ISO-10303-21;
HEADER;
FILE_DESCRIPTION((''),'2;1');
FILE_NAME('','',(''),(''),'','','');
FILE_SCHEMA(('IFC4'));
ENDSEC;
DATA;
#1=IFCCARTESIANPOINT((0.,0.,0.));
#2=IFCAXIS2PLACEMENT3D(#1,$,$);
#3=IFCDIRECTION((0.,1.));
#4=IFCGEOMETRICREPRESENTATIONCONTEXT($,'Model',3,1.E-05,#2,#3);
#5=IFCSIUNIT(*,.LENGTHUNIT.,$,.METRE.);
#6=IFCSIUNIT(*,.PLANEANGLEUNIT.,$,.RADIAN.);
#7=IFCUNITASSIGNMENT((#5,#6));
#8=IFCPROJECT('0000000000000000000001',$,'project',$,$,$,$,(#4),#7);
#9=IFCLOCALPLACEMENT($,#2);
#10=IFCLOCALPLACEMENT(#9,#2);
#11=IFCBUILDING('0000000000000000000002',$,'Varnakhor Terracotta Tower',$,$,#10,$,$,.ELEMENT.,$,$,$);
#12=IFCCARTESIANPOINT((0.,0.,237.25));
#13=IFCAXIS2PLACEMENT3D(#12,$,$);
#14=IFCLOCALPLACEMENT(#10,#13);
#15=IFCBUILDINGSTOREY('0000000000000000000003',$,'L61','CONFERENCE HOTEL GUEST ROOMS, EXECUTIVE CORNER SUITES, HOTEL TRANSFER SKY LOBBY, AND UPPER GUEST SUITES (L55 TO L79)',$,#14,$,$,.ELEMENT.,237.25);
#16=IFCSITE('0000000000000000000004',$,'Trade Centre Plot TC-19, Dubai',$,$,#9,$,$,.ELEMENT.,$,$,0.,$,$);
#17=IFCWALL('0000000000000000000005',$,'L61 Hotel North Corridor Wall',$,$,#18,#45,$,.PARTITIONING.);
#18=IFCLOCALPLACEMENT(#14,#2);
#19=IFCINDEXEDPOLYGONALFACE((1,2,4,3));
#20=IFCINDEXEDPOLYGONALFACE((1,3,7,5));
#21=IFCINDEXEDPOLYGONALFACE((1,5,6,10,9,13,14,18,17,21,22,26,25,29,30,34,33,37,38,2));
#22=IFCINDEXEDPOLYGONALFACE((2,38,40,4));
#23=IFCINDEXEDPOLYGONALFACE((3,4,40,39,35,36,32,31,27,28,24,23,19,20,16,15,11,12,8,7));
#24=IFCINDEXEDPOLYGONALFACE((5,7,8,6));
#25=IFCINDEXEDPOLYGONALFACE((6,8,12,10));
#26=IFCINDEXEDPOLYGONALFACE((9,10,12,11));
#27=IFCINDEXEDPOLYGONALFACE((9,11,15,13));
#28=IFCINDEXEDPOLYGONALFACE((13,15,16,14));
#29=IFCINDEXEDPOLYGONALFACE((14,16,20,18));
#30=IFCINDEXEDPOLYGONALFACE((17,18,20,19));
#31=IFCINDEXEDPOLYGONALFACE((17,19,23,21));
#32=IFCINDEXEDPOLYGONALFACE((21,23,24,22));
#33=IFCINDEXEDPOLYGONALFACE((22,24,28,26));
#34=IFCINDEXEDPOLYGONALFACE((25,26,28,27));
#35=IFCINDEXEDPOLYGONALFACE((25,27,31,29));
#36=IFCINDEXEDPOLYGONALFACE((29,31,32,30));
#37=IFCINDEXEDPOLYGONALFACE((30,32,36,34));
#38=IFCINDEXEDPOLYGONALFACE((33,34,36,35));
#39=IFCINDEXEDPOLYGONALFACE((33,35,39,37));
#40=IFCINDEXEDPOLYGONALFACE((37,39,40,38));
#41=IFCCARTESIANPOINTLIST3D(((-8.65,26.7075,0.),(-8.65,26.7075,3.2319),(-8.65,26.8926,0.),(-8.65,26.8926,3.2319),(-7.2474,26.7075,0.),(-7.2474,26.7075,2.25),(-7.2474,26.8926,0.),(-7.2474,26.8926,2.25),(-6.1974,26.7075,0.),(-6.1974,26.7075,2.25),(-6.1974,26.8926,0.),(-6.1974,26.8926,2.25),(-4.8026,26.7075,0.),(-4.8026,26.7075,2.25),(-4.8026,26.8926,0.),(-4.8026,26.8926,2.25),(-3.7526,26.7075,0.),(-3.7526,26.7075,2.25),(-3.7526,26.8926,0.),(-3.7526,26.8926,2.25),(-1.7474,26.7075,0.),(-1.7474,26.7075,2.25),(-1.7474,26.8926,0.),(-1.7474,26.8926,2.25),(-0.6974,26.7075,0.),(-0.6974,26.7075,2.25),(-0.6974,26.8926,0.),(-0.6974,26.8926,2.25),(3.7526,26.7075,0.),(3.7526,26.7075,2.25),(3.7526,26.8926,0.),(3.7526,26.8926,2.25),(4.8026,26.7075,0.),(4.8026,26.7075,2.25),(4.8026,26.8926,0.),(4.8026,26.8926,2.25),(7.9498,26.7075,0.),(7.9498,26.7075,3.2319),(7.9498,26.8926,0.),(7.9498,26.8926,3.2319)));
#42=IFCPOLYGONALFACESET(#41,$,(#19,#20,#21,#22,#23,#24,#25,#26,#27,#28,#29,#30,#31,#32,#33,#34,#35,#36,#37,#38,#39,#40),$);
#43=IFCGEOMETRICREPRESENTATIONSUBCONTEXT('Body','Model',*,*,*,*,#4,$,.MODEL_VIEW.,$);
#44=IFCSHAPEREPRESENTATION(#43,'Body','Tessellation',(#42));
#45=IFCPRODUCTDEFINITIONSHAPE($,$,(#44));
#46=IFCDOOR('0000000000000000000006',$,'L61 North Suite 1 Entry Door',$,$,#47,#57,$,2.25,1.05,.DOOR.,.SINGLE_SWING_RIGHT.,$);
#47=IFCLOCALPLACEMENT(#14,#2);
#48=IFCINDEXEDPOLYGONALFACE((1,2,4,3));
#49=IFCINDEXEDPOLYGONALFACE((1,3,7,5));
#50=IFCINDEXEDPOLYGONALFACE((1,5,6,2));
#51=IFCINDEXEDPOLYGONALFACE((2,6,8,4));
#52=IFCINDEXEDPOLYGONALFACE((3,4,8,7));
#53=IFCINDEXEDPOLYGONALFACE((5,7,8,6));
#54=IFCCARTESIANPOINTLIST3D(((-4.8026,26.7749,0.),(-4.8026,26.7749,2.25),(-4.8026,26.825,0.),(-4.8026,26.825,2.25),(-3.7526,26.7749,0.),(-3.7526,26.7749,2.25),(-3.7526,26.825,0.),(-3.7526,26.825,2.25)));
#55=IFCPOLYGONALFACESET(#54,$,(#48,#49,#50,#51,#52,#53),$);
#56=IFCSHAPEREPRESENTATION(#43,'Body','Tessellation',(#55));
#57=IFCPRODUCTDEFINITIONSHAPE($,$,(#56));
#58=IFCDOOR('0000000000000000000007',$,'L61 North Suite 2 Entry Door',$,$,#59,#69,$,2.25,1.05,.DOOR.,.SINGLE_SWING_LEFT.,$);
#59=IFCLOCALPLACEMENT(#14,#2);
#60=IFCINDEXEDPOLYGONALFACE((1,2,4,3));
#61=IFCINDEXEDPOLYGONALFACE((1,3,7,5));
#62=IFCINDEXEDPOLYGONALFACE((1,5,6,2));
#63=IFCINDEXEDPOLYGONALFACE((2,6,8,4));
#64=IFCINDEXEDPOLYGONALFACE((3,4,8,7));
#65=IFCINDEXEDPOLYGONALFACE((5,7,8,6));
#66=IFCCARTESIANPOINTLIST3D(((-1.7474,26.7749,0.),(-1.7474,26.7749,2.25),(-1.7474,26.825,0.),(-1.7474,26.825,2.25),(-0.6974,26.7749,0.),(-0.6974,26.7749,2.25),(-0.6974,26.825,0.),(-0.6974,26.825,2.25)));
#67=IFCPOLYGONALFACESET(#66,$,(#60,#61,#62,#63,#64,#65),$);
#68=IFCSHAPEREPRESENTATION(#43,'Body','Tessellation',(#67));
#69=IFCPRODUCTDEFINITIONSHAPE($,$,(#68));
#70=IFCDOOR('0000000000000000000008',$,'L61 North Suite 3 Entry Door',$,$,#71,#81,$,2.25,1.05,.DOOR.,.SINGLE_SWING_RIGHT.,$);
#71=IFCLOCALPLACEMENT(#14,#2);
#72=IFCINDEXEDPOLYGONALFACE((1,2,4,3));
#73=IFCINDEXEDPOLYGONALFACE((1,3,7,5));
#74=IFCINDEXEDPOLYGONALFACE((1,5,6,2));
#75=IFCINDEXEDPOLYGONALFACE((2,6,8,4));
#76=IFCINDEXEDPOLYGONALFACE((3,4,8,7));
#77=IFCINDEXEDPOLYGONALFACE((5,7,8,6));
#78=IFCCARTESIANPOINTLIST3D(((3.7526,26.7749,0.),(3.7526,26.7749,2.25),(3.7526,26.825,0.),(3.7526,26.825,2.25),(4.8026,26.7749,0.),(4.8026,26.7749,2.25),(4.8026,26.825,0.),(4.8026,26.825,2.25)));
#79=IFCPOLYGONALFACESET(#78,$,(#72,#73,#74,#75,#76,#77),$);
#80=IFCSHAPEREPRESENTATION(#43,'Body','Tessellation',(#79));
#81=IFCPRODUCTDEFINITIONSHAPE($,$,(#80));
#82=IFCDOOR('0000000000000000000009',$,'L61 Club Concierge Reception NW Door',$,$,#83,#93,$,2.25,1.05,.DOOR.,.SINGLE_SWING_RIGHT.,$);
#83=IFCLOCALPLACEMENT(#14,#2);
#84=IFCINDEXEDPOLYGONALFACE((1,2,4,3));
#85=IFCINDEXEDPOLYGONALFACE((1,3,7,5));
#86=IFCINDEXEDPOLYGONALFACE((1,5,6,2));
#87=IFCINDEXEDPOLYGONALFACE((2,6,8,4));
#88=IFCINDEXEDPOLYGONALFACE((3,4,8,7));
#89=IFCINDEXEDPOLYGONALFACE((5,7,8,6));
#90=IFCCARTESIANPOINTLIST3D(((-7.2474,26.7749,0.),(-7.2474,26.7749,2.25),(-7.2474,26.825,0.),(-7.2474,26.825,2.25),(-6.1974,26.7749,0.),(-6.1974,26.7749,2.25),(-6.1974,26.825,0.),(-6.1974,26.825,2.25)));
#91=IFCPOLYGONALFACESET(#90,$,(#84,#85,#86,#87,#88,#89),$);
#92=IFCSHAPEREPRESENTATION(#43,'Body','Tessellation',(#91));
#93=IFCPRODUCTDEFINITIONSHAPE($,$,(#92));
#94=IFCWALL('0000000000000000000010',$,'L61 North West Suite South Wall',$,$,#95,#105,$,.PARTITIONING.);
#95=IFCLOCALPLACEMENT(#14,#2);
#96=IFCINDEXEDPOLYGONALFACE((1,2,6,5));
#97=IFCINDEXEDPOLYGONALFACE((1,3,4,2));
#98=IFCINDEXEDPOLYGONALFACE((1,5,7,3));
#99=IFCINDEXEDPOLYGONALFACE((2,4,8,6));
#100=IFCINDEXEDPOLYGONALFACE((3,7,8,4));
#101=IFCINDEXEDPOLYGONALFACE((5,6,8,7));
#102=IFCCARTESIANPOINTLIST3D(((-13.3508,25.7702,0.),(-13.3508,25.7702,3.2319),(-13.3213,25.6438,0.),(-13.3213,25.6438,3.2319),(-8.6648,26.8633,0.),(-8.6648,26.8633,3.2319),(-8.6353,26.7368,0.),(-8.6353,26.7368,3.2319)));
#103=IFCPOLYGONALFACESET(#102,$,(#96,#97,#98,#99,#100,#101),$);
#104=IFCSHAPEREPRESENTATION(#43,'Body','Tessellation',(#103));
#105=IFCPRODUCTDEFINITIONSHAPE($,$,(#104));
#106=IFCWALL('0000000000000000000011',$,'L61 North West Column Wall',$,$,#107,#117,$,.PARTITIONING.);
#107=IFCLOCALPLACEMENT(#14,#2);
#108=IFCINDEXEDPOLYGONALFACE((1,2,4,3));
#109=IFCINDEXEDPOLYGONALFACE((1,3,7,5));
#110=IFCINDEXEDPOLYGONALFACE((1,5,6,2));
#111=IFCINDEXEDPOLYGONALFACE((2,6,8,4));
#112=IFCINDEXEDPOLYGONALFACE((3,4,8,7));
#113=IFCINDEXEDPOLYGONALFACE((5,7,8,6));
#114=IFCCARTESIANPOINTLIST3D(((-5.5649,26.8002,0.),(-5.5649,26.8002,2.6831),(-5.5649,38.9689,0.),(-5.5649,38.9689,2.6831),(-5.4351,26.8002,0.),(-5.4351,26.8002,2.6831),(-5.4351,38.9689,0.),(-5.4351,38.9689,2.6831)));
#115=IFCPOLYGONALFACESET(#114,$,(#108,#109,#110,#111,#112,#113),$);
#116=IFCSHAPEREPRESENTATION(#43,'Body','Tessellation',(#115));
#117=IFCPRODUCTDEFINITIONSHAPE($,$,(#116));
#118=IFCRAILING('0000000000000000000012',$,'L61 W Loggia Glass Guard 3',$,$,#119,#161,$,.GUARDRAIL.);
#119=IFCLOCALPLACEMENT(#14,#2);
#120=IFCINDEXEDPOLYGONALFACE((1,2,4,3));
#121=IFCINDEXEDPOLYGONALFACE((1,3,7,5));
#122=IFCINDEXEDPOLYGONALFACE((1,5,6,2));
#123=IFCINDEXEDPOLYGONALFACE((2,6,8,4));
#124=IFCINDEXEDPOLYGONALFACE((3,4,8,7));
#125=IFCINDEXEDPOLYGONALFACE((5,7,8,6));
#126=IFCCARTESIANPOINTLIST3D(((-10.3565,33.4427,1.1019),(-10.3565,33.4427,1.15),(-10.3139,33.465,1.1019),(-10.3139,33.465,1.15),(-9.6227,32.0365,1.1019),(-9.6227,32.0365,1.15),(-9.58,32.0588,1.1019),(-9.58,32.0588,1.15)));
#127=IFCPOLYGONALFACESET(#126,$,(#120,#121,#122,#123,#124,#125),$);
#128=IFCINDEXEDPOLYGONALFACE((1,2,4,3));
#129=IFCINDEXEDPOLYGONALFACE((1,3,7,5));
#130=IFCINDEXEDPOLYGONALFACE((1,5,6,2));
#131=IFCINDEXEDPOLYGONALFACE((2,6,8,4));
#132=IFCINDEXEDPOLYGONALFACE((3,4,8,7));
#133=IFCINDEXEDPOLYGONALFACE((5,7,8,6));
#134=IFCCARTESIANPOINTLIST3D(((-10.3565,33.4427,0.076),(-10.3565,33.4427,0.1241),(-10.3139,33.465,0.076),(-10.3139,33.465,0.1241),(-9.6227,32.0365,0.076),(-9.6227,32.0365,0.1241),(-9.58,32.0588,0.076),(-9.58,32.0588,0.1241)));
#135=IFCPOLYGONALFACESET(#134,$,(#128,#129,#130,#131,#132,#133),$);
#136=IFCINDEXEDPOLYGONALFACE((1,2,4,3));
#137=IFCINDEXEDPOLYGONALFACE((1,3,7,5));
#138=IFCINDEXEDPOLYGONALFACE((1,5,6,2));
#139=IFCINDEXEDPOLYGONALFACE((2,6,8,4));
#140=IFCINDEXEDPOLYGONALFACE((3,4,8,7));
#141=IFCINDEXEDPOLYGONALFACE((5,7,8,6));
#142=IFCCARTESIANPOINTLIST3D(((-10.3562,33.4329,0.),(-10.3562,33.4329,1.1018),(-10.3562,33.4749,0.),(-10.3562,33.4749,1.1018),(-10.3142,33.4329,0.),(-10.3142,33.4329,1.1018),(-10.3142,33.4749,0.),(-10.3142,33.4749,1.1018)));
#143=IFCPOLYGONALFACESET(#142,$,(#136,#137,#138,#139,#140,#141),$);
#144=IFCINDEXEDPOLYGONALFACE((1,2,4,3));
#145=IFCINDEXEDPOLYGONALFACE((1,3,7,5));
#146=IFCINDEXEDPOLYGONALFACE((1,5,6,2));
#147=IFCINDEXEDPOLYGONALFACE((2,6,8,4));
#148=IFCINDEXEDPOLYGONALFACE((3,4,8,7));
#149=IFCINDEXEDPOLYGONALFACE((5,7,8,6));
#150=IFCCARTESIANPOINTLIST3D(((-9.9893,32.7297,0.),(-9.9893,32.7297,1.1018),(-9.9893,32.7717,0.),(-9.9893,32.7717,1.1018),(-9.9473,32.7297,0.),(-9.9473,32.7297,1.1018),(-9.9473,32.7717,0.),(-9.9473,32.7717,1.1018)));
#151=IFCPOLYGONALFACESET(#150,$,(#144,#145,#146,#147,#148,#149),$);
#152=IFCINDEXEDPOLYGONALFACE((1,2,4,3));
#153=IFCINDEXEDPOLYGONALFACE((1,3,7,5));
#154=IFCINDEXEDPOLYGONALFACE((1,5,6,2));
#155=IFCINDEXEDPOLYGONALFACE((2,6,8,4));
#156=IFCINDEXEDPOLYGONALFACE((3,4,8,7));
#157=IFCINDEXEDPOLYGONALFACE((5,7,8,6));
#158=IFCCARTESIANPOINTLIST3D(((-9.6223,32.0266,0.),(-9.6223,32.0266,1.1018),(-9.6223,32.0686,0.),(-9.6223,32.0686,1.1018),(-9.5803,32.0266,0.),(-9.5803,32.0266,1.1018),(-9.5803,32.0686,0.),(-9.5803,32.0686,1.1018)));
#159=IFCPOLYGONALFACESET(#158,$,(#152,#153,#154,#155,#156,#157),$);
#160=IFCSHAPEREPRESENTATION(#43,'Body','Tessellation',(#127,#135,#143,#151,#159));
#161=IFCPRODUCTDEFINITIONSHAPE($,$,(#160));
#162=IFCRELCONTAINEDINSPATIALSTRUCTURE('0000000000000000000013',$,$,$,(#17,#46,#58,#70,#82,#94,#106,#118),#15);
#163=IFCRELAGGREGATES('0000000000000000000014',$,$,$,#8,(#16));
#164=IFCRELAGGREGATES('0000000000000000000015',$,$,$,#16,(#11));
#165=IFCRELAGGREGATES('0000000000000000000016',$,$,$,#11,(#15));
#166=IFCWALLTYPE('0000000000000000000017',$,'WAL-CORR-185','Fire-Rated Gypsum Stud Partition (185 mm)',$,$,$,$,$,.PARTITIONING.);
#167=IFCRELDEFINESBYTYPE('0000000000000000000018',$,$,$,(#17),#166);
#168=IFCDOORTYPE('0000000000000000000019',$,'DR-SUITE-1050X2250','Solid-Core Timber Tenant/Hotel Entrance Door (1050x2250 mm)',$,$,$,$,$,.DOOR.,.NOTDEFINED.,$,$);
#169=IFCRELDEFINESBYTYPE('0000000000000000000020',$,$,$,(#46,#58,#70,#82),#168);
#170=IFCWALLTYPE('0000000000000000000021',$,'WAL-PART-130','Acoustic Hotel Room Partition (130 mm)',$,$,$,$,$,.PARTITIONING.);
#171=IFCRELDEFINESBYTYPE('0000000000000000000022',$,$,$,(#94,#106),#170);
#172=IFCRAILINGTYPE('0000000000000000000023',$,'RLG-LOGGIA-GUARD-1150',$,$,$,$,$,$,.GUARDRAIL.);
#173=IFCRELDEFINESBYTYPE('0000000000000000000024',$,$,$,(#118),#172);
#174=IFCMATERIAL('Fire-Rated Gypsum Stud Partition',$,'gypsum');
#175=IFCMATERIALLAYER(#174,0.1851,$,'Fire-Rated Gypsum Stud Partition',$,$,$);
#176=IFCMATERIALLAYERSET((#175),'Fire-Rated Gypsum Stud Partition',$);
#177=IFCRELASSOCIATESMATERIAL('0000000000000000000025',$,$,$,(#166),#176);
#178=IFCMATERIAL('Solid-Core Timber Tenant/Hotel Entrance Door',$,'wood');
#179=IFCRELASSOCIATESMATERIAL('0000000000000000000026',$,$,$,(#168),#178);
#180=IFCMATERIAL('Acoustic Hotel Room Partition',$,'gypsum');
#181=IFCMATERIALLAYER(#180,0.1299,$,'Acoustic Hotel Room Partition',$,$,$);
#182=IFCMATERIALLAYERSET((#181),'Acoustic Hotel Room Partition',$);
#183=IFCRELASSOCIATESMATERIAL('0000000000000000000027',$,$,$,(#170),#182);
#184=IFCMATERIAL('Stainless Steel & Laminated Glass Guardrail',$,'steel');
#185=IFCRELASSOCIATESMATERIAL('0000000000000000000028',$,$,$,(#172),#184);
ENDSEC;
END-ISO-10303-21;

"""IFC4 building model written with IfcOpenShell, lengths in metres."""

from ifc_helpers import new_model, si_unit, direction, frame, frame_2d, origin, origin_2d, place, context, subcontext, project, spatial, rectangle, extrude, source, transform, mapped, material, layer, layer_set, type_object, type_shapes, element, fill, save


model = new_model("IFC4")

# Units and contexts
model_context = context("Model", 3, precision=1e-05, world=origin(), true_north=direction((0.0, 1.0)))
body_context = subcontext(model_context, "Body", "Model", "MODEL_VIEW")
ifc_project = project(units=[si_unit("LENGTHUNIT", "METRE"), si_unit("PLANEANGLEUNIT", "RADIAN")], contexts=[model_context])

# Site, building, storey
site_placement = place(None, origin())
site = spatial("IfcSite", under=ifc_project, at=site_placement, Name="Trade Centre Plot TC-19, Dubai", CompositionType="ELEMENT", RefElevation=0.0)
building_placement = place(site_placement, origin())
building = spatial("IfcBuilding", under=site, at=building_placement, Name="Varnakhor Terracotta Tower", CompositionType="ELEMENT")
storey_placement = place(building_placement, frame((0.0, 0.0, 237.25)))
storey = spatial("IfcBuildingStorey", under=building, at=storey_placement, Name="L61", Description="CONFERENCE HOTEL GUEST ROOMS, EXECUTIVE CORNER SUITES, HOTEL TRANSFER SKY LOBBY, AND UPPER GUEST SUITES (L55 TO L79)", CompositionType="ELEMENT", Elevation=237.25)

# Shared definitions
ifc_material_1 = material(Name="Fire-Rated Gypsum Stud Partition", Category="gypsum")
ifc_layer_1 = layer(ifc_material_1, 0.1851, Name="Fire-Rated Gypsum Stud Partition")
ifc_layer_set_1 = layer_set([ifc_layer_1], Name="Fire-Rated Gypsum Stud Partition")
wall_type_1 = type_object("IfcWallType", Name="WAL-CORR-185", Description="Fire-Rated Gypsum Stud Partition (185 mm)", PredefinedType="PARTITIONING", material=ifc_layer_set_1)

# Wall, openings, doors
wall_1_placement = place(storey_placement, frame((-8.6499, 26.8, 0.0), z_axis=(0.0, 0.0, 1.0), x_axis=(1.0, 0.0, 0.0)))
wall_1 = element("IfcWall", 1, at=wall_1_placement, inside=storey, type_object=wall_type_1, Name="L61 Hotel North Corridor Wall", PredefinedType="PARTITIONING", context=body_context, shape_type="SweptSolid", body=[
    extrude(rectangle(XDim=16.5999, YDim=0.1851, at=frame_2d((8.2998, 0.0))), origin(), (0.0, 0.0, 1.0), 3.2319),
])
opening_1_placement = place(wall_1_placement, frame((3.8474, 0.0, 0.0)))
opening_1 = element("IfcOpeningElement", 2, at=opening_1_placement, cuts=wall_1, PredefinedType="OPENING", context=body_context, shape_type="SweptSolid", body=[
    extrude(rectangle(XDim=1.05, YDim=2.25, at=frame_2d((0.5249, 1.125))), frame((0.0, 0.1025, 0.0), z_axis=(0.0, -1.0, 0.0), x_axis=(1.0, 0.0, 0.0)), (0.0, 0.0, 1.0), 0.2051),
])
opening_2_placement = place(wall_1_placement, frame((6.9026, 0.0, 0.0)))
opening_2 = element("IfcOpeningElement", 3, at=opening_2_placement, cuts=wall_1, PredefinedType="OPENING", context=body_context, shape_type="SweptSolid", body=[
    extrude(rectangle(XDim=1.05, YDim=2.25, at=frame_2d((0.5249, 1.125))), frame((0.0, 0.1025, 0.0), z_axis=(0.0, -1.0, 0.0), x_axis=(1.0, 0.0, 0.0)), (0.0, 0.0, 1.0), 0.2051),
])
opening_3_placement = place(wall_1_placement, frame((12.4026, 0.0, 0.0)))
opening_3 = element("IfcOpeningElement", 4, at=opening_3_placement, cuts=wall_1, PredefinedType="OPENING", context=body_context, shape_type="SweptSolid", body=[
    extrude(rectangle(XDim=1.05, YDim=2.25, at=frame_2d((0.5249, 1.125))), frame((0.0, 0.1025, 0.0), z_axis=(0.0, -1.0, 0.0), x_axis=(1.0, 0.0, 0.0)), (0.0, 0.0, 1.0), 0.2051),
])
opening_4_placement = place(wall_1_placement, frame((1.4026, 0.0, 0.0)))
opening_4 = element("IfcOpeningElement", 5, at=opening_4_placement, cuts=wall_1, PredefinedType="OPENING", context=body_context, shape_type="SweptSolid", body=[
    extrude(rectangle(XDim=1.05, YDim=2.25, at=frame_2d((0.5249, 1.125))), frame((0.0, 0.1025, 0.0), z_axis=(0.0, -1.0, 0.0), x_axis=(1.0, 0.0, 0.0)), (0.0, 0.0, 1.0), 0.2051),
])
ifc_material_2 = material(Name="Solid-Core Timber Tenant/Hotel Entrance Door", Category="wood")
door_type = type_object("IfcDoorType", Name="DR-SUITE-1050X2250", Description="Solid-Core Timber Tenant/Hotel Entrance Door (1050x2250 mm)", OperationType="NOTDEFINED", PredefinedType="DOOR", material=ifc_material_2)
shared_shape_1 = source(origin(), body_context, "Body", "SweptSolid", [
    extrude(rectangle(XDim=1.05, YDim=2.25, at=frame_2d((0.5249, 1.125))), frame((0.0, 0.0249, 0.0), z_axis=(0.0, -1.0, 0.0), x_axis=(1.0, 0.0, 0.0)), (0.0, 0.0, 1.0), 0.05),
])
type_shapes(door_type, [shared_shape_1])
door_1_placement = place(opening_1_placement, origin())
door_1 = element("IfcDoor", 6, at=door_1_placement, inside=storey, type_object=door_type, Name="L61 North Suite 1 Entry Door", OperationType="SINGLE_SWING_RIGHT", OverallHeight=2.25, OverallWidth=1.05, PredefinedType="DOOR", context=body_context, shape_type="MappedRepresentation", body=[
    mapped(shared_shape_1, transform((0.0, 0.0, 0.0), scale=1.0)),
])
fill(opening_1, door_1)
door_2_placement = place(opening_2_placement, origin())
door_2 = element("IfcDoor", 7, at=door_2_placement, inside=storey, type_object=door_type, Name="L61 North Suite 2 Entry Door", OperationType="SINGLE_SWING_LEFT", OverallHeight=2.25, OverallWidth=1.05, PredefinedType="DOOR", context=body_context, shape_type="MappedRepresentation", body=[
    mapped(shared_shape_1, transform((0.0, 0.0, 0.0), scale=1.0)),
])
fill(opening_2, door_2)
door_3_placement = place(opening_3_placement, origin())
door_3 = element("IfcDoor", 8, at=door_3_placement, inside=storey, type_object=door_type, Name="L61 North Suite 3 Entry Door", OperationType="SINGLE_SWING_RIGHT", OverallHeight=2.25, OverallWidth=1.05, PredefinedType="DOOR", context=body_context, shape_type="MappedRepresentation", body=[
    mapped(shared_shape_1, transform((0.0, 0.0, 0.0), scale=1.0)),
])
fill(opening_3, door_3)
door_4_placement = place(opening_4_placement, origin())
door_4 = element("IfcDoor", 9, at=door_4_placement, inside=storey, type_object=door_type, Name="L61 Club Concierge Reception NW Door", OperationType="SINGLE_SWING_RIGHT", OverallHeight=2.25, OverallWidth=1.05, PredefinedType="DOOR", context=body_context, shape_type="MappedRepresentation", body=[
    mapped(shared_shape_1, transform((0.0, 0.0, 0.0), scale=1.0)),
])
fill(opening_4, door_4)

# Walls
ifc_material_3 = material(Name="Acoustic Hotel Room Partition", Category="gypsum")
ifc_layer_2 = layer(ifc_material_3, 0.1299, Name="Acoustic Hotel Room Partition")
ifc_layer_set_2 = layer_set([ifc_layer_2], Name="Acoustic Hotel Room Partition")
wall_type_2 = type_object("IfcWallType", Name="WAL-PART-130", Description="Acoustic Hotel Room Partition (130 mm)", PredefinedType="PARTITIONING", material=ifc_layer_set_2)
wall_2_placement = place(storey_placement, frame((-13.3359, 25.707, 0.0), z_axis=(0.0, 0.0, 1.0), x_axis=(0.973859, 0.227153, 0.0)))
element("IfcWall", 10, at=wall_2_placement, inside=storey, type_object=wall_type_2, Name="L61 North West Suite South Wall", PredefinedType="PARTITIONING", context=body_context, shape_type="SweptSolid", body=[
    extrude(rectangle(XDim=4.8118, YDim=0.1299, at=frame_2d((2.4058, 0.0))), origin(), (0.0, 0.0, 1.0), 3.2319),
])
wall_3_placement = place(storey_placement, frame((-5.5, 26.8, 0.0), z_axis=(0.0, 0.0, 1.0), x_axis=(0.0, 1.0, 0.0)))
element("IfcWall", 11, at=wall_3_placement, inside=storey, type_object=wall_type_2, Name="L61 North West Column Wall", PredefinedType="PARTITIONING", context=body_context, shape_type="SweptSolid", body=[
    extrude(rectangle(XDim=12.1687, YDim=0.1299, at=frame_2d((6.0845, 0.0))), origin(), (0.0, 0.0, 1.0), 2.6831),
])

# Railing
ifc_material_4 = material(Name="Stainless Steel & Laminated Glass Guardrail", Category="steel")
railing_type = type_object("IfcRailingType", Name="RLG-LOGGIA-GUARD-1150", PredefinedType="GUARDRAIL", material=ifc_material_4)
railing_placement = place(storey_placement, frame((-10.3352, 33.4539, 0.0)))
element("IfcRailing", 12, at=railing_placement, inside=storey, type_object=railing_type, Name="L61 W Loggia Glass Guard 3", PredefinedType="GUARDRAIL", context=body_context, shape_type="SweptSolid", body=[
    extrude(rectangle(XDim=0.0481, YDim=0.0481, at=origin_2d()), frame((0.0, 0.0, 1.126), z_axis=(0.462661, -0.886535, 0.0), x_axis=(0.886535, 0.462661, 0.0)), (0.0, 0.0, 1.0), 1.5862),
    extrude(rectangle(XDim=0.0481, YDim=0.0481, at=origin_2d()), frame((0.0, 0.0, 0.1001), z_axis=(0.462661, -0.886535, 0.0), x_axis=(0.886535, 0.462661, 0.0)), (0.0, 0.0, 1.0), 1.5862),
    extrude(rectangle(XDim=0.042, YDim=0.042, at=origin_2d()), origin(), (0.0, 0.0, 1.0), 1.1018),
    extrude(rectangle(XDim=0.042, YDim=0.042, at=origin_2d()), frame((0.3669, -0.7031, 0.0)), (0.0, 0.0, 1.0), 1.1018),
    extrude(rectangle(XDim=0.042, YDim=0.042, at=origin_2d()), frame((0.7339, -1.4062, 0.0)), (0.0, 0.0, 1.0), 1.1018),
])

save(model, "model.ifc")
